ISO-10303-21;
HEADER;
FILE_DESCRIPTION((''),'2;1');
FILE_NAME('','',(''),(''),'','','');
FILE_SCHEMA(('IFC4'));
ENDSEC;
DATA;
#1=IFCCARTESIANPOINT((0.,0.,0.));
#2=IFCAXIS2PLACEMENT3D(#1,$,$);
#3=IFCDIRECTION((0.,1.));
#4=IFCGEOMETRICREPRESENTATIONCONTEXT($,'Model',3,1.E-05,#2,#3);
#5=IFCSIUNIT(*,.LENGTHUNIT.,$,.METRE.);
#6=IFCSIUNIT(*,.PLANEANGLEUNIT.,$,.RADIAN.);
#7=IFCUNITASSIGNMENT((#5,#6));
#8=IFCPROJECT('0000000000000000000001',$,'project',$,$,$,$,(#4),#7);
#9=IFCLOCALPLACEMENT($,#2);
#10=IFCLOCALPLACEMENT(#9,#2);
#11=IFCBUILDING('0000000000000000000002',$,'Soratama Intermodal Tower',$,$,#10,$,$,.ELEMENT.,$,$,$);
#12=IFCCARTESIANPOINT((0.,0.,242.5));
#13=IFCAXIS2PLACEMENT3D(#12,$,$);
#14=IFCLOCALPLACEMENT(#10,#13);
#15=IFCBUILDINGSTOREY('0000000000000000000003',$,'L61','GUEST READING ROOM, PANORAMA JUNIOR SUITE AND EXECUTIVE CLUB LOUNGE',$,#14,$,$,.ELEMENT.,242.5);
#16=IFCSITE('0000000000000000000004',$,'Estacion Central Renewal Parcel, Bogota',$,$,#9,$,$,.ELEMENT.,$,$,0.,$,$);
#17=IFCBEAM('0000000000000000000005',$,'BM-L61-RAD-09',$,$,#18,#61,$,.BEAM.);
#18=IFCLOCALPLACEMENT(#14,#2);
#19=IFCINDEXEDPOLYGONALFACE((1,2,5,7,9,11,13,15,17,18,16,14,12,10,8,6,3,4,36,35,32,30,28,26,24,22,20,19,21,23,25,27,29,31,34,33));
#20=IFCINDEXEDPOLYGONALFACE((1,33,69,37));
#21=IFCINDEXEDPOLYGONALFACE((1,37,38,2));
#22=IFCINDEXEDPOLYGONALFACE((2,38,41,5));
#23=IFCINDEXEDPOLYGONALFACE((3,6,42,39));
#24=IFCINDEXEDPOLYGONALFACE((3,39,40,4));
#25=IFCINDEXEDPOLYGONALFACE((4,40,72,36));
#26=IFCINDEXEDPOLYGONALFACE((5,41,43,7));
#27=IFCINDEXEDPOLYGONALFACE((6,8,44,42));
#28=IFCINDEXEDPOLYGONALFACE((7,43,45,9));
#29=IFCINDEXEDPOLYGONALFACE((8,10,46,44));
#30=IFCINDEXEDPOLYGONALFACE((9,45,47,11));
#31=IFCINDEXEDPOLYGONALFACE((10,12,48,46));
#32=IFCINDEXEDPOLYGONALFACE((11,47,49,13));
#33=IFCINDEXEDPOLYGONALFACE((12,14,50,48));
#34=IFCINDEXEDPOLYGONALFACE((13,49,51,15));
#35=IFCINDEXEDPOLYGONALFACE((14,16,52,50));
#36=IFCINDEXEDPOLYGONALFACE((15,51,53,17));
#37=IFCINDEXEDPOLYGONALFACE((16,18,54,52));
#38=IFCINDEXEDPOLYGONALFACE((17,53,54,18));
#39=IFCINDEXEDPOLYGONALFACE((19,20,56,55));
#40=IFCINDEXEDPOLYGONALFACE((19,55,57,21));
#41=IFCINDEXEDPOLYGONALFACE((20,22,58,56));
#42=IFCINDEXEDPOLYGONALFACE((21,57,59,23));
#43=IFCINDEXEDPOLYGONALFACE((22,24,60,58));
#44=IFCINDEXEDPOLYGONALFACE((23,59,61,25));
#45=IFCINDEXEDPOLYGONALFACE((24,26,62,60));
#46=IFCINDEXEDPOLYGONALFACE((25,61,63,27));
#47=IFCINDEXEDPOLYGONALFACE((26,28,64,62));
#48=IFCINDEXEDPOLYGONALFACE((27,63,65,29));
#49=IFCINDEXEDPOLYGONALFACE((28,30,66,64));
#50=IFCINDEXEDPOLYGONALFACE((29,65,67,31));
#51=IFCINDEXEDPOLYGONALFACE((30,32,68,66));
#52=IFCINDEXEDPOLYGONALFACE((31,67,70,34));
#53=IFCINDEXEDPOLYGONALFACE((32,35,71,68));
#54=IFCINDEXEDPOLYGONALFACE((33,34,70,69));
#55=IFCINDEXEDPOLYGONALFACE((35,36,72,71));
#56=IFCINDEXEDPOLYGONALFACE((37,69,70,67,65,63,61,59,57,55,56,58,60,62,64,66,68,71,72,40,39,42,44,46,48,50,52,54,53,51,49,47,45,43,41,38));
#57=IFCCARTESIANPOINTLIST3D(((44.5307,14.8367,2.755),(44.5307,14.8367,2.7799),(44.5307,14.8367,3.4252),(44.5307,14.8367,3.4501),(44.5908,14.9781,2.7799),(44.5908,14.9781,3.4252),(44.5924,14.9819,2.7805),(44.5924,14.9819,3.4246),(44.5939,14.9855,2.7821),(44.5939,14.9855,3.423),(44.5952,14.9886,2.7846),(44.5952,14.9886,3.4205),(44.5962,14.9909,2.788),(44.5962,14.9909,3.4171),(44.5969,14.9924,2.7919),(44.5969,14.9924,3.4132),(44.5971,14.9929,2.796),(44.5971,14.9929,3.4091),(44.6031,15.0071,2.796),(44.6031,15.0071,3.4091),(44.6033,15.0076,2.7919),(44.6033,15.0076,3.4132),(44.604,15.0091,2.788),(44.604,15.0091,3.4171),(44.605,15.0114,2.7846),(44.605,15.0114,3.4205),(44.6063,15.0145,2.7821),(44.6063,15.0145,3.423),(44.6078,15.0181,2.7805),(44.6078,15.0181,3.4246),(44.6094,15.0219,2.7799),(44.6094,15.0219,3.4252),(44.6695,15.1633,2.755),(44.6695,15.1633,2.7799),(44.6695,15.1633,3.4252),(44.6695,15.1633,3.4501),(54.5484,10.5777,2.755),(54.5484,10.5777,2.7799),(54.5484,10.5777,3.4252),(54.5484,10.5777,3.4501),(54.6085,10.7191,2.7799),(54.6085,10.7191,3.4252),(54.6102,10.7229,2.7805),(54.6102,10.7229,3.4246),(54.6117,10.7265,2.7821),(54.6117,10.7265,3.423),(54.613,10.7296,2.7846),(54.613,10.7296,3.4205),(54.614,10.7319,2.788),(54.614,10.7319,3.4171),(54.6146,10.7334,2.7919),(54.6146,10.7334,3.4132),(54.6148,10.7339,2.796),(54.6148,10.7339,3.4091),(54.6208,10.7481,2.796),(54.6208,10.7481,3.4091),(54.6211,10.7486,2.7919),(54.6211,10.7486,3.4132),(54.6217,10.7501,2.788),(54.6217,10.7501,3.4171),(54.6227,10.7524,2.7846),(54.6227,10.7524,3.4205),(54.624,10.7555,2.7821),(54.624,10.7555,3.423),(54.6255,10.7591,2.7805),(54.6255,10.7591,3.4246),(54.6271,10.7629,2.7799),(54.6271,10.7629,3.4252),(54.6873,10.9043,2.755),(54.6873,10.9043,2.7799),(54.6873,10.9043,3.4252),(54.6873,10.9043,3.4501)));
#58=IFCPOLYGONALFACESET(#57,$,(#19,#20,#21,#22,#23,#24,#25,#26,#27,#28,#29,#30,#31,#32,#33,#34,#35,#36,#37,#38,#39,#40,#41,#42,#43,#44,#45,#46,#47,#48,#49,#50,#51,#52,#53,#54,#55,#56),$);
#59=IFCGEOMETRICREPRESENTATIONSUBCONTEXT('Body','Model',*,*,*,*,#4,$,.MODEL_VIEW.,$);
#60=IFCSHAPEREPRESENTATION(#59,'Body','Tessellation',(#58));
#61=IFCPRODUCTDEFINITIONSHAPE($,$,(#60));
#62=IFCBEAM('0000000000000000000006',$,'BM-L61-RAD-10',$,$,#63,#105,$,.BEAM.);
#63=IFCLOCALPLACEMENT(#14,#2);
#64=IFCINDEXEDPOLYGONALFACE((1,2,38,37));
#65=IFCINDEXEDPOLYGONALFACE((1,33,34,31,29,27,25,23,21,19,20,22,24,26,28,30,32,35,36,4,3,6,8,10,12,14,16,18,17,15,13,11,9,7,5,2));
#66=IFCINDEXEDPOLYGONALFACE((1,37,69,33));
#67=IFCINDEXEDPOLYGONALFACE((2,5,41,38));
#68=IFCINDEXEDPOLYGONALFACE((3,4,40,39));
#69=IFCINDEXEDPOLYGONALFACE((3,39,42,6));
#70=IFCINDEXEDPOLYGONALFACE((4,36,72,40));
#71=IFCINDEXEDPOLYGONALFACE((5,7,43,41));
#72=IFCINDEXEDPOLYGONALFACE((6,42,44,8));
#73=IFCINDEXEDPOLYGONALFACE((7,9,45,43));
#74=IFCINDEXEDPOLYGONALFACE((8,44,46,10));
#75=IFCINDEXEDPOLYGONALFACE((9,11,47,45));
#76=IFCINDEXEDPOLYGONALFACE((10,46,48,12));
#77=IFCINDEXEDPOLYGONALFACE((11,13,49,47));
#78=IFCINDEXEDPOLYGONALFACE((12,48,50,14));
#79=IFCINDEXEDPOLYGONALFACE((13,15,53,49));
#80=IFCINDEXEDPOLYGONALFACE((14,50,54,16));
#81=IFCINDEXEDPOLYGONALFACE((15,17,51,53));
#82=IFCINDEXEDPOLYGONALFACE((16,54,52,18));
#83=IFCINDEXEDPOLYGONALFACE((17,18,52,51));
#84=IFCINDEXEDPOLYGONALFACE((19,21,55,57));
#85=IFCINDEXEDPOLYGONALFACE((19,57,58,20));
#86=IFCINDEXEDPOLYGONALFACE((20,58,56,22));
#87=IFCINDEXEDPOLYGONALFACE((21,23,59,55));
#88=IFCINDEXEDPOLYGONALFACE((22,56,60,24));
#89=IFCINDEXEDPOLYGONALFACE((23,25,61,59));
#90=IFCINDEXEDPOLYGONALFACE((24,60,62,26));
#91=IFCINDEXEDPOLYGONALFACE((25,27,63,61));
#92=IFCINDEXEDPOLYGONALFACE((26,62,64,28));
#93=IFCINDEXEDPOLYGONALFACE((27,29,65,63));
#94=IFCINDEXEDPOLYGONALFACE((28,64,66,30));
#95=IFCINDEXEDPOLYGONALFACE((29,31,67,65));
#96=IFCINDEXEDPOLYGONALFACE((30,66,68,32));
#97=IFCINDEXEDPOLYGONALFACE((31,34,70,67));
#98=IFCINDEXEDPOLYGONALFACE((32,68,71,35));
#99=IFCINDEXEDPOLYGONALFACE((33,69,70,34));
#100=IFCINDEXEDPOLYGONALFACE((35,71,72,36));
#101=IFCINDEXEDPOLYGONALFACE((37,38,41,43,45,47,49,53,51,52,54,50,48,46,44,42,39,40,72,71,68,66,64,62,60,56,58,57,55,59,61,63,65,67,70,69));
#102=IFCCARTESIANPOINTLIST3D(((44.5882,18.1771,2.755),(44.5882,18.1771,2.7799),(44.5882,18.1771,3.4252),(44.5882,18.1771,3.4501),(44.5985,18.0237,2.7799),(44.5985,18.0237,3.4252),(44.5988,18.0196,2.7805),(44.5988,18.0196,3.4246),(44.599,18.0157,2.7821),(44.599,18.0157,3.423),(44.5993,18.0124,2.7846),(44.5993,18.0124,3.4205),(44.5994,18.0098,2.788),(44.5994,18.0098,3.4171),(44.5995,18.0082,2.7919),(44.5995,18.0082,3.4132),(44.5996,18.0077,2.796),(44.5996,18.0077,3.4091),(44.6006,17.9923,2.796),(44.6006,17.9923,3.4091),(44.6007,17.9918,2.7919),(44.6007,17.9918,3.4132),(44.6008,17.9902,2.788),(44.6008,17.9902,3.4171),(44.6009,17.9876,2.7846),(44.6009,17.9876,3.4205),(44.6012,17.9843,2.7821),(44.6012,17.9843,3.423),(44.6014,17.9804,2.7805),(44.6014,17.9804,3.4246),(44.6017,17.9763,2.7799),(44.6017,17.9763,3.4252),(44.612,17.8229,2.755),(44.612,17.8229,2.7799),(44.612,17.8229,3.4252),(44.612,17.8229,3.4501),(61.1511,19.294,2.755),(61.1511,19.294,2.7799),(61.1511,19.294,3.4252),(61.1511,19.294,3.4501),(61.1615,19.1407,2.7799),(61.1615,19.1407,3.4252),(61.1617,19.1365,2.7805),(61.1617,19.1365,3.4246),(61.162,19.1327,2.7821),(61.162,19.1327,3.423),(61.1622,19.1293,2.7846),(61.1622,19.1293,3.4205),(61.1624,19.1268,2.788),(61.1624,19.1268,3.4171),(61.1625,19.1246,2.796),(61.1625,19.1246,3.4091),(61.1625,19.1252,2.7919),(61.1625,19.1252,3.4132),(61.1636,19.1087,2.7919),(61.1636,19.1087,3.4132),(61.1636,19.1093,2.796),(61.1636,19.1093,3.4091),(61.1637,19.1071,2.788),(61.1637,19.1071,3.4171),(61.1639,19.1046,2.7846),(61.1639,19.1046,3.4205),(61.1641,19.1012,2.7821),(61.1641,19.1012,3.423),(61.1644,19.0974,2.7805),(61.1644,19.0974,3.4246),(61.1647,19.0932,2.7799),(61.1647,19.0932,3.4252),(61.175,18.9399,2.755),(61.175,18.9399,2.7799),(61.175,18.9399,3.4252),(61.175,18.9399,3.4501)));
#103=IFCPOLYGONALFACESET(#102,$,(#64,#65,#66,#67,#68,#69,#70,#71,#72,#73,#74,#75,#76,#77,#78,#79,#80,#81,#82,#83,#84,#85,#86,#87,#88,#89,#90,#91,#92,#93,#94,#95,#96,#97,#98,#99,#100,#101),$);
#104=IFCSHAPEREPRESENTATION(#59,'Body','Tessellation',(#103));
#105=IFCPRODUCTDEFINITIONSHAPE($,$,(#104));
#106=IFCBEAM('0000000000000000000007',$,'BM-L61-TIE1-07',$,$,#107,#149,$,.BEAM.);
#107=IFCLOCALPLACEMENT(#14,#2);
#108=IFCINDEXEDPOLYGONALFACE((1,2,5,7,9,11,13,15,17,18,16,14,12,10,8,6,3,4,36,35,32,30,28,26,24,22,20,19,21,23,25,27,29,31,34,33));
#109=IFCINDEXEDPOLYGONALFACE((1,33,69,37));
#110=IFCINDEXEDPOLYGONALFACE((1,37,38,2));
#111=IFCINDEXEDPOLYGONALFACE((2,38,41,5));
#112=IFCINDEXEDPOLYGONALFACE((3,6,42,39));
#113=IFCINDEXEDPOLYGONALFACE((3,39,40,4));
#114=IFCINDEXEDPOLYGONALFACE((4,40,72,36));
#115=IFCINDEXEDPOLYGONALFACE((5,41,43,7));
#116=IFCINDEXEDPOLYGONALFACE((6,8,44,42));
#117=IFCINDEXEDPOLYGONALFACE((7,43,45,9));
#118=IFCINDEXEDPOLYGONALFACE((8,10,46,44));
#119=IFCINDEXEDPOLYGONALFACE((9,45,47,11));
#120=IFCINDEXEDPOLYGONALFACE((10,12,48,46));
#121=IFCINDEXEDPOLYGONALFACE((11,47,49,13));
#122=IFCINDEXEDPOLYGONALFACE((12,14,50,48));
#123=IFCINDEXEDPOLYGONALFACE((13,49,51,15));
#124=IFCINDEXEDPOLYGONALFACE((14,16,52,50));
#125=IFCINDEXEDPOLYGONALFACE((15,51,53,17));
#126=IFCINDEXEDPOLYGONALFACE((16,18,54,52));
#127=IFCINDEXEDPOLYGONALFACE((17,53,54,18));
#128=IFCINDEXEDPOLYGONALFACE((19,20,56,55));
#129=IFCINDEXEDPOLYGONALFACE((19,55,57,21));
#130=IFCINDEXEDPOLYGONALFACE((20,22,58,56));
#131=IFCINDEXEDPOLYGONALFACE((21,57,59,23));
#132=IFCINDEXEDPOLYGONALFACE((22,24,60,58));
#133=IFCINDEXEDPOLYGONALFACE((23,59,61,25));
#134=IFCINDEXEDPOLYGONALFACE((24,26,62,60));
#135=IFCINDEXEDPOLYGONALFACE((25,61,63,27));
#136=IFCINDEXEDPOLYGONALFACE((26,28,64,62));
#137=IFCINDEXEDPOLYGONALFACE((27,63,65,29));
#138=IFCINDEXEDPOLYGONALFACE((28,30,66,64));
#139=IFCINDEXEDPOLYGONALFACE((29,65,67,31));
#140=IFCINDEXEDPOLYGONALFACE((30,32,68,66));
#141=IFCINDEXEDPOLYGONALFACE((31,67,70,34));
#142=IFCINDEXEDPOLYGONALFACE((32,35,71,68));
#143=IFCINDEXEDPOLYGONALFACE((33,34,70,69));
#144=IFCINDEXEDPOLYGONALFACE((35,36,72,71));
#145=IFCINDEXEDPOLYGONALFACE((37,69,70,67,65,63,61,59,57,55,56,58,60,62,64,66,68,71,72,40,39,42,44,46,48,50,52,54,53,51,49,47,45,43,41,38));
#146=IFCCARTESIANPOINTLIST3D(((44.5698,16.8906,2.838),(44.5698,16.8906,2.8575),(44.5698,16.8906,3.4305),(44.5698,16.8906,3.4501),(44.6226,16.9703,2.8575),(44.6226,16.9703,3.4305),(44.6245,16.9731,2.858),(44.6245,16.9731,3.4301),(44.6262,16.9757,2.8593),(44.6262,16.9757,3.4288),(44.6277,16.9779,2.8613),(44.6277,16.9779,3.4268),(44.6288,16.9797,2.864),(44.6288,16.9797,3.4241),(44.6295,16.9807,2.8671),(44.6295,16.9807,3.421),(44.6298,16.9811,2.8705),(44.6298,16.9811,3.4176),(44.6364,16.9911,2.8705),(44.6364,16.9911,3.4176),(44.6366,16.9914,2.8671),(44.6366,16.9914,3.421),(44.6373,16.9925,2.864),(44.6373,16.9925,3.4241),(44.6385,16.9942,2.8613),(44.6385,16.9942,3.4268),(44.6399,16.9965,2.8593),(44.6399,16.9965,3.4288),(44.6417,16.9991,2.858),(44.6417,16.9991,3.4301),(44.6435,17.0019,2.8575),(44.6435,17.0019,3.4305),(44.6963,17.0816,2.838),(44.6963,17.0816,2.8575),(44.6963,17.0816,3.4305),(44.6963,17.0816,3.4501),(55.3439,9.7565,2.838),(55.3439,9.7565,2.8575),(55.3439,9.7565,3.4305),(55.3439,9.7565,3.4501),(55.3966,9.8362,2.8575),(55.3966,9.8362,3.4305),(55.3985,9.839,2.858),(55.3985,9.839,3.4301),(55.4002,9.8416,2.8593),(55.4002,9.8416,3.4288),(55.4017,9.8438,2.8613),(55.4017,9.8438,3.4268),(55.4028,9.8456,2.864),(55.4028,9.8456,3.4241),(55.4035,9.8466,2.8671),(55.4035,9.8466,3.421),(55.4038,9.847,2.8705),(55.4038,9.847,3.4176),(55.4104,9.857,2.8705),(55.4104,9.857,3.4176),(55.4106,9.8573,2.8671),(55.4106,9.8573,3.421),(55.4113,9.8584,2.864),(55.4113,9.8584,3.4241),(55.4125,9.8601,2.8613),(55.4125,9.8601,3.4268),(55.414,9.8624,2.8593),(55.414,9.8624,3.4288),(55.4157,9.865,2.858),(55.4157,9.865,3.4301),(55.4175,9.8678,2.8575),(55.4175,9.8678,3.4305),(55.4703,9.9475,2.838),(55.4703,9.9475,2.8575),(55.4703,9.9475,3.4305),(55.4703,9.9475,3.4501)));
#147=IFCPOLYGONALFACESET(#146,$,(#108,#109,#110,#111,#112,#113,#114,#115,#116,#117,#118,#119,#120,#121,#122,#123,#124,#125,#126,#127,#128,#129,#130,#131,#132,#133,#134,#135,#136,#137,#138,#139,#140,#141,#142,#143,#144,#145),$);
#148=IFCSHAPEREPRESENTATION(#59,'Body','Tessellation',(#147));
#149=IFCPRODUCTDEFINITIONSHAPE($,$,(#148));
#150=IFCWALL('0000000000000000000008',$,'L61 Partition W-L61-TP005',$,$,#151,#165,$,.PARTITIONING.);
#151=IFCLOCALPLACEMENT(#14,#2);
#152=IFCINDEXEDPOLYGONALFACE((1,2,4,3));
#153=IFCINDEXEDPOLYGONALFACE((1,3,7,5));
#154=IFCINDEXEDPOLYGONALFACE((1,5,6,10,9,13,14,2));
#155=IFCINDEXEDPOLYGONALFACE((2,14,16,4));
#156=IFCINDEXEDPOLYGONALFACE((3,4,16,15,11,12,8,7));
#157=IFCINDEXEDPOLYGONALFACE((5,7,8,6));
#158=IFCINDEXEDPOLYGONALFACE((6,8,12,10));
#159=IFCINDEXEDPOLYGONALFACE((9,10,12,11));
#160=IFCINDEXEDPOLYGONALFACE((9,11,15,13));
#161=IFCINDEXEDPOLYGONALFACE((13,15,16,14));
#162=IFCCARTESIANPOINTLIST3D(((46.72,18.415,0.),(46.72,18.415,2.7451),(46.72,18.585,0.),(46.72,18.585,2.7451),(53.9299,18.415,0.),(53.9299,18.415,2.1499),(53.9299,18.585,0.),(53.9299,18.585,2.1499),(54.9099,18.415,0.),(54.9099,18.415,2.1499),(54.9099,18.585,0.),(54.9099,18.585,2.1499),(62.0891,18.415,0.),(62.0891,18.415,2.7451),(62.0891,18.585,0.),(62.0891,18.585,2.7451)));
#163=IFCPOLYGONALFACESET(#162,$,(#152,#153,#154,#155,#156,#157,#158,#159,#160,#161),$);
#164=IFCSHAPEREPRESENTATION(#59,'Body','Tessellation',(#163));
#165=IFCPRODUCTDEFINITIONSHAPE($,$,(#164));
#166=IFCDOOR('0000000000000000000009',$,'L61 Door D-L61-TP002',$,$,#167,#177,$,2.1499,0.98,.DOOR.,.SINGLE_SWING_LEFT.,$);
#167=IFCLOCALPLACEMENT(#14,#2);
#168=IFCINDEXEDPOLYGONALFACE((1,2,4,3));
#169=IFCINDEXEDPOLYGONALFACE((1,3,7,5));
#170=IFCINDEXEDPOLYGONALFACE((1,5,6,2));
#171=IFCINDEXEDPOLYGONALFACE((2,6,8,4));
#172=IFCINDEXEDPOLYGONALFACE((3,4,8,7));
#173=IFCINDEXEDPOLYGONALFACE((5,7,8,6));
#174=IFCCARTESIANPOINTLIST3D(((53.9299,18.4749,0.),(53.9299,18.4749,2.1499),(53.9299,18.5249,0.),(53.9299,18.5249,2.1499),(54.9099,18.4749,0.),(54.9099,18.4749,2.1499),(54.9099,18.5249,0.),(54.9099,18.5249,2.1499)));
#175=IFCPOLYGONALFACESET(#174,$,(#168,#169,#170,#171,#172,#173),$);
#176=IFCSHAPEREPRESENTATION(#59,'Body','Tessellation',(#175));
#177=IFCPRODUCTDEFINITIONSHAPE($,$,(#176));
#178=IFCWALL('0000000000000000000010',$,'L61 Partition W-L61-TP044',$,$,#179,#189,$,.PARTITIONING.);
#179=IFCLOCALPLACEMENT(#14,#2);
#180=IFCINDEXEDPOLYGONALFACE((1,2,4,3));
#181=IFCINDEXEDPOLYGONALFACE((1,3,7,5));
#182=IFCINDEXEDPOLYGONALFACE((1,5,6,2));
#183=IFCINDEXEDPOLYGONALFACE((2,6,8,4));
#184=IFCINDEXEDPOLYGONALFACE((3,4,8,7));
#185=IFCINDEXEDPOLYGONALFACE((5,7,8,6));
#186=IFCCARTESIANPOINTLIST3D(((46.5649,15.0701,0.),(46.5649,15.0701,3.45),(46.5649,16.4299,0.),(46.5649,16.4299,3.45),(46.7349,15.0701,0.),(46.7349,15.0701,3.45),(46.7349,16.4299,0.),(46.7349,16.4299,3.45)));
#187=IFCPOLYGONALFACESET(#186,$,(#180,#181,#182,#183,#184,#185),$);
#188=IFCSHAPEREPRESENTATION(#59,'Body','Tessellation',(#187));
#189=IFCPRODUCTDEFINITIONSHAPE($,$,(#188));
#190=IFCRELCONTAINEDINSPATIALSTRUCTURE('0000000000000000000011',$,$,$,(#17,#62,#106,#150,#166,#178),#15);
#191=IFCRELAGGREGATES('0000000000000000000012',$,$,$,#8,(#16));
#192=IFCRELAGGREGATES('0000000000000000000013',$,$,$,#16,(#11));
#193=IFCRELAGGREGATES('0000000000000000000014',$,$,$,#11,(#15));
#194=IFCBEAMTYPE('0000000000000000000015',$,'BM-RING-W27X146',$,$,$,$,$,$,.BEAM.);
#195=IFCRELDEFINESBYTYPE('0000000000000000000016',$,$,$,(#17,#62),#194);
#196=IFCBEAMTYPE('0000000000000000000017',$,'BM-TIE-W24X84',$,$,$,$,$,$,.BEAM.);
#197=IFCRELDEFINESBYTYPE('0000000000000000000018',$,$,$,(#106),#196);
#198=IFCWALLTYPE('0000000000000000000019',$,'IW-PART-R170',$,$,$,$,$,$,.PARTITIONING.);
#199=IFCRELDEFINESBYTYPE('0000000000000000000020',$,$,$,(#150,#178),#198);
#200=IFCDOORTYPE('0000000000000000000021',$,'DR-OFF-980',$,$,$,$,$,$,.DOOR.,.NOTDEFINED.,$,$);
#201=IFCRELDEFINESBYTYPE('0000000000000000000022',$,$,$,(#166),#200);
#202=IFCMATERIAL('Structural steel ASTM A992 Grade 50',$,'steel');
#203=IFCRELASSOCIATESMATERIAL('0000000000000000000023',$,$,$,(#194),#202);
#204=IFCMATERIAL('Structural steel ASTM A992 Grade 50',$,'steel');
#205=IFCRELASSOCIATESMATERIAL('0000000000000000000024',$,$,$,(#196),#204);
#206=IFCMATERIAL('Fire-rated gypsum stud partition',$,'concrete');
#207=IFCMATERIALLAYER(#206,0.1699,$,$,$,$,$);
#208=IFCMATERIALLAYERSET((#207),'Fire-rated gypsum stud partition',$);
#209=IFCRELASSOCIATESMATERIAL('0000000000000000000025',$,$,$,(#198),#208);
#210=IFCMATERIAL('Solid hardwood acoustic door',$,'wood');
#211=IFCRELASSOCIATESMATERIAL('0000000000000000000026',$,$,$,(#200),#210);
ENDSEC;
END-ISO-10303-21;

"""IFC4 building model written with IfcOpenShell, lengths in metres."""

from ifc_helpers import new_model, si_unit, direction, frame, frame_2d, origin, origin_2d, place, context, subcontext, project, spatial, rectangle, i_section, extrude, material, layer, layer_set, material_profile, profile_set, type_object, element, fill, save


model = new_model("IFC4")

# Units and contexts
model_context = context("Model", 3, precision=1e-05, world=origin(), true_north=direction((0.0, 1.0)))
body_context = subcontext(model_context, "Body", "Model", "MODEL_VIEW")
ifc_project = project(units=[si_unit("LENGTHUNIT", "METRE"), si_unit("PLANEANGLEUNIT", "RADIAN")], contexts=[model_context])

# Site, building, storey
site_placement = place(None, origin())
site = spatial("IfcSite", under=ifc_project, at=site_placement, Name="Estacion Central Renewal Parcel, Bogota", CompositionType="ELEMENT", RefElevation=0.0)
building_placement = place(site_placement, origin())
building = spatial("IfcBuilding", under=site, at=building_placement, Name="Soratama Intermodal Tower", CompositionType="ELEMENT")
storey_placement = place(building_placement, frame((0.0, 0.0, 242.5)))
storey = spatial("IfcBuildingStorey", under=building, at=storey_placement, Name="L61", Description="GUEST READING ROOM, PANORAMA JUNIOR SUITE AND EXECUTIVE CLUB LOUNGE", CompositionType="ELEMENT", Elevation=242.5)

# Beams
ifc_material_1 = material(Name="Structural steel ASTM A992 Grade 50", Category="steel")
ifc_material_profile_1 = material_profile(ifc_material_1, i_section(OverallWidth=0.355, OverallDepth=0.6951, WebThickness=0.0154, FlangeThickness=0.0249, FilletRadius=0.0161, at=origin_2d()), Name="W27X146")
ifc_profile_set_1 = profile_set([ifc_material_profile_1], Name="Structural steel ASTM A992 Grade 50")
beam_type_1 = type_object("IfcBeamType", Name="BM-RING-W27X146", PredefinedType="BEAM", material=ifc_profile_set_1)
beam_1_placement = place(storey_placement, frame((44.6001, 15.0, 3.1025), z_axis=(0.920283, -0.391254, 0.0), x_axis=(0.391254, 0.920283, 0.0)))
element("IfcBeam", 1, at=beam_1_placement, inside=storey, type_object=beam_type_1, Name="BM-L61-RAD-09", PredefinedType="BEAM", context=body_context, shape_type="SweptSolid", body=[
    extrude(i_section(OverallWidth=0.355, OverallDepth=0.6951, WebThickness=0.0154, FlangeThickness=0.0249, FilletRadius=0.0161, at=origin_2d()), origin(), (0.0, 0.0, 1.0), 10.8855),
])
beam_2_placement = place(storey_placement, frame((44.6001, 18.0, 3.1025), z_axis=(0.997734, 0.067283, 0.0), x_axis=(-0.067283, 0.997734, 0.0)))
element("IfcBeam", 2, at=beam_2_placement, inside=storey, type_object=beam_type_1, Name="BM-L61-RAD-10", PredefinedType="BEAM", context=body_context, shape_type="SweptSolid", body=[
    extrude(i_section(OverallWidth=0.355, OverallDepth=0.6951, WebThickness=0.0154, FlangeThickness=0.0249, FilletRadius=0.0161, at=origin_2d()), origin(), (0.0, 0.0, 1.0), 16.6006),
])
ifc_material_2 = material(Name="Structural steel ASTM A992 Grade 50", Category="steel")
ifc_material_profile_2 = material_profile(ifc_material_2, i_section(OverallWidth=0.229, OverallDepth=0.6121, WebThickness=0.012, FlangeThickness=0.0195, FilletRadius=0.0129, at=origin_2d()), Name="W24X84")
ifc_profile_set_2 = profile_set([ifc_material_profile_2], Name="Structural steel ASTM A992 Grade 50")
beam_type_2 = type_object("IfcBeamType", Name="BM-TIE-W24X84", PredefinedType="BEAM", material=ifc_profile_set_2)
beam_3_placement = place(storey_placement, frame((44.6331, 16.9861, 3.144), z_axis=(0.833782, -0.552095, 0.0), x_axis=(0.552095, 0.833782, 0.0)))
element("IfcBeam", 3, at=beam_3_placement, inside=storey, type_object=beam_type_2, Name="BM-L61-TIE1-07", PredefinedType="BEAM", context=body_context, shape_type="SweptSolid", body=[
    extrude(i_section(OverallWidth=0.229, OverallDepth=0.6121, WebThickness=0.012, FlangeThickness=0.0195, FilletRadius=0.0129, at=origin_2d()), origin(), (0.0, 0.0, 1.0), 12.9219),
])

# Wall, opening, door
ifc_material_3 = material(Name="Fire-rated gypsum stud partition", Category="concrete")
ifc_layer_1 = layer(ifc_material_3, 0.1699)
ifc_layer_set_1 = layer_set([ifc_layer_1], Name="Fire-rated gypsum stud partition")
wall_type_1 = type_object("IfcWallType", Name="IW-PART-R170", PredefinedType="PARTITIONING", material=ifc_layer_set_1)
wall_1_placement = place(storey_placement, frame((46.72, 18.5, 0.0), z_axis=(0.0, 0.0, 1.0), x_axis=(1.0, 0.0, 0.0)))
wall_1 = element("IfcWall", 4, at=wall_1_placement, inside=storey, type_object=wall_type_1, Name="L61 Partition W-L61-TP005", PredefinedType="PARTITIONING", context=body_context, shape_type="SweptSolid", body=[
    extrude(rectangle(XDim=15.3691, YDim=0.1699, at=frame_2d((7.6846, 0.0))), origin(), (0.0, 0.0, 1.0), 2.7451),
])
opening_1_placement = place(wall_1_placement, frame((7.21, 0.0, 0.0)))
opening_1 = element("IfcOpeningElement", 5, at=opening_1_placement, cuts=wall_1, PredefinedType="OPENING", context=body_context, shape_type="SweptSolid", body=[
    extrude(rectangle(XDim=0.98, YDim=2.1499, at=frame_2d((0.49, 1.075))), frame((0.0, 0.095, 0.0), z_axis=(0.0, -1.0, 0.0), x_axis=(1.0, 0.0, 0.0)), (0.0, 0.0, 1.0), 0.1899),
])
ifc_material_4 = material(Name="Solid hardwood acoustic door", Category="wood")
door_type_1 = type_object("IfcDoorType", Name="DR-OFF-980", OperationType="NOTDEFINED", PredefinedType="DOOR", material=ifc_material_4)
door_1_placement = place(opening_1_placement, origin())
door_1 = element("IfcDoor", 6, at=door_1_placement, inside=storey, type_object=door_type_1, Name="L61 Door D-L61-TP002", OperationType="SINGLE_SWING_LEFT", OverallHeight=2.1499, OverallWidth=0.98, PredefinedType="DOOR", context=body_context, shape_type="SweptSolid", body=[
    extrude(rectangle(XDim=0.98, YDim=2.1499, at=frame_2d((0.49, 1.075))), frame((0.0, 0.0249, 0.0), z_axis=(0.0, -1.0, 0.0), x_axis=(1.0, 0.0, 0.0)), (0.0, 0.0, 1.0), 0.05),
])
fill(opening_1, door_1)

# Wall
wall_2_placement = place(storey_placement, frame((46.6499, 16.4299, 0.0), z_axis=(0.0, 0.0, 1.0), x_axis=(0.0, -1.0, 0.0)))
element("IfcWall", 7, at=wall_2_placement, inside=storey, type_object=wall_type_1, Name="L61 Partition W-L61-TP044", PredefinedType="PARTITIONING", context=body_context, shape_type="SweptSolid", body=[
    extrude(rectangle(XDim=1.3599, YDim=0.1699, at=frame_2d((0.6799, 0.0))), origin(), (0.0, 0.0, 1.0), 3.45),
])

save(model, "model.ifc")
